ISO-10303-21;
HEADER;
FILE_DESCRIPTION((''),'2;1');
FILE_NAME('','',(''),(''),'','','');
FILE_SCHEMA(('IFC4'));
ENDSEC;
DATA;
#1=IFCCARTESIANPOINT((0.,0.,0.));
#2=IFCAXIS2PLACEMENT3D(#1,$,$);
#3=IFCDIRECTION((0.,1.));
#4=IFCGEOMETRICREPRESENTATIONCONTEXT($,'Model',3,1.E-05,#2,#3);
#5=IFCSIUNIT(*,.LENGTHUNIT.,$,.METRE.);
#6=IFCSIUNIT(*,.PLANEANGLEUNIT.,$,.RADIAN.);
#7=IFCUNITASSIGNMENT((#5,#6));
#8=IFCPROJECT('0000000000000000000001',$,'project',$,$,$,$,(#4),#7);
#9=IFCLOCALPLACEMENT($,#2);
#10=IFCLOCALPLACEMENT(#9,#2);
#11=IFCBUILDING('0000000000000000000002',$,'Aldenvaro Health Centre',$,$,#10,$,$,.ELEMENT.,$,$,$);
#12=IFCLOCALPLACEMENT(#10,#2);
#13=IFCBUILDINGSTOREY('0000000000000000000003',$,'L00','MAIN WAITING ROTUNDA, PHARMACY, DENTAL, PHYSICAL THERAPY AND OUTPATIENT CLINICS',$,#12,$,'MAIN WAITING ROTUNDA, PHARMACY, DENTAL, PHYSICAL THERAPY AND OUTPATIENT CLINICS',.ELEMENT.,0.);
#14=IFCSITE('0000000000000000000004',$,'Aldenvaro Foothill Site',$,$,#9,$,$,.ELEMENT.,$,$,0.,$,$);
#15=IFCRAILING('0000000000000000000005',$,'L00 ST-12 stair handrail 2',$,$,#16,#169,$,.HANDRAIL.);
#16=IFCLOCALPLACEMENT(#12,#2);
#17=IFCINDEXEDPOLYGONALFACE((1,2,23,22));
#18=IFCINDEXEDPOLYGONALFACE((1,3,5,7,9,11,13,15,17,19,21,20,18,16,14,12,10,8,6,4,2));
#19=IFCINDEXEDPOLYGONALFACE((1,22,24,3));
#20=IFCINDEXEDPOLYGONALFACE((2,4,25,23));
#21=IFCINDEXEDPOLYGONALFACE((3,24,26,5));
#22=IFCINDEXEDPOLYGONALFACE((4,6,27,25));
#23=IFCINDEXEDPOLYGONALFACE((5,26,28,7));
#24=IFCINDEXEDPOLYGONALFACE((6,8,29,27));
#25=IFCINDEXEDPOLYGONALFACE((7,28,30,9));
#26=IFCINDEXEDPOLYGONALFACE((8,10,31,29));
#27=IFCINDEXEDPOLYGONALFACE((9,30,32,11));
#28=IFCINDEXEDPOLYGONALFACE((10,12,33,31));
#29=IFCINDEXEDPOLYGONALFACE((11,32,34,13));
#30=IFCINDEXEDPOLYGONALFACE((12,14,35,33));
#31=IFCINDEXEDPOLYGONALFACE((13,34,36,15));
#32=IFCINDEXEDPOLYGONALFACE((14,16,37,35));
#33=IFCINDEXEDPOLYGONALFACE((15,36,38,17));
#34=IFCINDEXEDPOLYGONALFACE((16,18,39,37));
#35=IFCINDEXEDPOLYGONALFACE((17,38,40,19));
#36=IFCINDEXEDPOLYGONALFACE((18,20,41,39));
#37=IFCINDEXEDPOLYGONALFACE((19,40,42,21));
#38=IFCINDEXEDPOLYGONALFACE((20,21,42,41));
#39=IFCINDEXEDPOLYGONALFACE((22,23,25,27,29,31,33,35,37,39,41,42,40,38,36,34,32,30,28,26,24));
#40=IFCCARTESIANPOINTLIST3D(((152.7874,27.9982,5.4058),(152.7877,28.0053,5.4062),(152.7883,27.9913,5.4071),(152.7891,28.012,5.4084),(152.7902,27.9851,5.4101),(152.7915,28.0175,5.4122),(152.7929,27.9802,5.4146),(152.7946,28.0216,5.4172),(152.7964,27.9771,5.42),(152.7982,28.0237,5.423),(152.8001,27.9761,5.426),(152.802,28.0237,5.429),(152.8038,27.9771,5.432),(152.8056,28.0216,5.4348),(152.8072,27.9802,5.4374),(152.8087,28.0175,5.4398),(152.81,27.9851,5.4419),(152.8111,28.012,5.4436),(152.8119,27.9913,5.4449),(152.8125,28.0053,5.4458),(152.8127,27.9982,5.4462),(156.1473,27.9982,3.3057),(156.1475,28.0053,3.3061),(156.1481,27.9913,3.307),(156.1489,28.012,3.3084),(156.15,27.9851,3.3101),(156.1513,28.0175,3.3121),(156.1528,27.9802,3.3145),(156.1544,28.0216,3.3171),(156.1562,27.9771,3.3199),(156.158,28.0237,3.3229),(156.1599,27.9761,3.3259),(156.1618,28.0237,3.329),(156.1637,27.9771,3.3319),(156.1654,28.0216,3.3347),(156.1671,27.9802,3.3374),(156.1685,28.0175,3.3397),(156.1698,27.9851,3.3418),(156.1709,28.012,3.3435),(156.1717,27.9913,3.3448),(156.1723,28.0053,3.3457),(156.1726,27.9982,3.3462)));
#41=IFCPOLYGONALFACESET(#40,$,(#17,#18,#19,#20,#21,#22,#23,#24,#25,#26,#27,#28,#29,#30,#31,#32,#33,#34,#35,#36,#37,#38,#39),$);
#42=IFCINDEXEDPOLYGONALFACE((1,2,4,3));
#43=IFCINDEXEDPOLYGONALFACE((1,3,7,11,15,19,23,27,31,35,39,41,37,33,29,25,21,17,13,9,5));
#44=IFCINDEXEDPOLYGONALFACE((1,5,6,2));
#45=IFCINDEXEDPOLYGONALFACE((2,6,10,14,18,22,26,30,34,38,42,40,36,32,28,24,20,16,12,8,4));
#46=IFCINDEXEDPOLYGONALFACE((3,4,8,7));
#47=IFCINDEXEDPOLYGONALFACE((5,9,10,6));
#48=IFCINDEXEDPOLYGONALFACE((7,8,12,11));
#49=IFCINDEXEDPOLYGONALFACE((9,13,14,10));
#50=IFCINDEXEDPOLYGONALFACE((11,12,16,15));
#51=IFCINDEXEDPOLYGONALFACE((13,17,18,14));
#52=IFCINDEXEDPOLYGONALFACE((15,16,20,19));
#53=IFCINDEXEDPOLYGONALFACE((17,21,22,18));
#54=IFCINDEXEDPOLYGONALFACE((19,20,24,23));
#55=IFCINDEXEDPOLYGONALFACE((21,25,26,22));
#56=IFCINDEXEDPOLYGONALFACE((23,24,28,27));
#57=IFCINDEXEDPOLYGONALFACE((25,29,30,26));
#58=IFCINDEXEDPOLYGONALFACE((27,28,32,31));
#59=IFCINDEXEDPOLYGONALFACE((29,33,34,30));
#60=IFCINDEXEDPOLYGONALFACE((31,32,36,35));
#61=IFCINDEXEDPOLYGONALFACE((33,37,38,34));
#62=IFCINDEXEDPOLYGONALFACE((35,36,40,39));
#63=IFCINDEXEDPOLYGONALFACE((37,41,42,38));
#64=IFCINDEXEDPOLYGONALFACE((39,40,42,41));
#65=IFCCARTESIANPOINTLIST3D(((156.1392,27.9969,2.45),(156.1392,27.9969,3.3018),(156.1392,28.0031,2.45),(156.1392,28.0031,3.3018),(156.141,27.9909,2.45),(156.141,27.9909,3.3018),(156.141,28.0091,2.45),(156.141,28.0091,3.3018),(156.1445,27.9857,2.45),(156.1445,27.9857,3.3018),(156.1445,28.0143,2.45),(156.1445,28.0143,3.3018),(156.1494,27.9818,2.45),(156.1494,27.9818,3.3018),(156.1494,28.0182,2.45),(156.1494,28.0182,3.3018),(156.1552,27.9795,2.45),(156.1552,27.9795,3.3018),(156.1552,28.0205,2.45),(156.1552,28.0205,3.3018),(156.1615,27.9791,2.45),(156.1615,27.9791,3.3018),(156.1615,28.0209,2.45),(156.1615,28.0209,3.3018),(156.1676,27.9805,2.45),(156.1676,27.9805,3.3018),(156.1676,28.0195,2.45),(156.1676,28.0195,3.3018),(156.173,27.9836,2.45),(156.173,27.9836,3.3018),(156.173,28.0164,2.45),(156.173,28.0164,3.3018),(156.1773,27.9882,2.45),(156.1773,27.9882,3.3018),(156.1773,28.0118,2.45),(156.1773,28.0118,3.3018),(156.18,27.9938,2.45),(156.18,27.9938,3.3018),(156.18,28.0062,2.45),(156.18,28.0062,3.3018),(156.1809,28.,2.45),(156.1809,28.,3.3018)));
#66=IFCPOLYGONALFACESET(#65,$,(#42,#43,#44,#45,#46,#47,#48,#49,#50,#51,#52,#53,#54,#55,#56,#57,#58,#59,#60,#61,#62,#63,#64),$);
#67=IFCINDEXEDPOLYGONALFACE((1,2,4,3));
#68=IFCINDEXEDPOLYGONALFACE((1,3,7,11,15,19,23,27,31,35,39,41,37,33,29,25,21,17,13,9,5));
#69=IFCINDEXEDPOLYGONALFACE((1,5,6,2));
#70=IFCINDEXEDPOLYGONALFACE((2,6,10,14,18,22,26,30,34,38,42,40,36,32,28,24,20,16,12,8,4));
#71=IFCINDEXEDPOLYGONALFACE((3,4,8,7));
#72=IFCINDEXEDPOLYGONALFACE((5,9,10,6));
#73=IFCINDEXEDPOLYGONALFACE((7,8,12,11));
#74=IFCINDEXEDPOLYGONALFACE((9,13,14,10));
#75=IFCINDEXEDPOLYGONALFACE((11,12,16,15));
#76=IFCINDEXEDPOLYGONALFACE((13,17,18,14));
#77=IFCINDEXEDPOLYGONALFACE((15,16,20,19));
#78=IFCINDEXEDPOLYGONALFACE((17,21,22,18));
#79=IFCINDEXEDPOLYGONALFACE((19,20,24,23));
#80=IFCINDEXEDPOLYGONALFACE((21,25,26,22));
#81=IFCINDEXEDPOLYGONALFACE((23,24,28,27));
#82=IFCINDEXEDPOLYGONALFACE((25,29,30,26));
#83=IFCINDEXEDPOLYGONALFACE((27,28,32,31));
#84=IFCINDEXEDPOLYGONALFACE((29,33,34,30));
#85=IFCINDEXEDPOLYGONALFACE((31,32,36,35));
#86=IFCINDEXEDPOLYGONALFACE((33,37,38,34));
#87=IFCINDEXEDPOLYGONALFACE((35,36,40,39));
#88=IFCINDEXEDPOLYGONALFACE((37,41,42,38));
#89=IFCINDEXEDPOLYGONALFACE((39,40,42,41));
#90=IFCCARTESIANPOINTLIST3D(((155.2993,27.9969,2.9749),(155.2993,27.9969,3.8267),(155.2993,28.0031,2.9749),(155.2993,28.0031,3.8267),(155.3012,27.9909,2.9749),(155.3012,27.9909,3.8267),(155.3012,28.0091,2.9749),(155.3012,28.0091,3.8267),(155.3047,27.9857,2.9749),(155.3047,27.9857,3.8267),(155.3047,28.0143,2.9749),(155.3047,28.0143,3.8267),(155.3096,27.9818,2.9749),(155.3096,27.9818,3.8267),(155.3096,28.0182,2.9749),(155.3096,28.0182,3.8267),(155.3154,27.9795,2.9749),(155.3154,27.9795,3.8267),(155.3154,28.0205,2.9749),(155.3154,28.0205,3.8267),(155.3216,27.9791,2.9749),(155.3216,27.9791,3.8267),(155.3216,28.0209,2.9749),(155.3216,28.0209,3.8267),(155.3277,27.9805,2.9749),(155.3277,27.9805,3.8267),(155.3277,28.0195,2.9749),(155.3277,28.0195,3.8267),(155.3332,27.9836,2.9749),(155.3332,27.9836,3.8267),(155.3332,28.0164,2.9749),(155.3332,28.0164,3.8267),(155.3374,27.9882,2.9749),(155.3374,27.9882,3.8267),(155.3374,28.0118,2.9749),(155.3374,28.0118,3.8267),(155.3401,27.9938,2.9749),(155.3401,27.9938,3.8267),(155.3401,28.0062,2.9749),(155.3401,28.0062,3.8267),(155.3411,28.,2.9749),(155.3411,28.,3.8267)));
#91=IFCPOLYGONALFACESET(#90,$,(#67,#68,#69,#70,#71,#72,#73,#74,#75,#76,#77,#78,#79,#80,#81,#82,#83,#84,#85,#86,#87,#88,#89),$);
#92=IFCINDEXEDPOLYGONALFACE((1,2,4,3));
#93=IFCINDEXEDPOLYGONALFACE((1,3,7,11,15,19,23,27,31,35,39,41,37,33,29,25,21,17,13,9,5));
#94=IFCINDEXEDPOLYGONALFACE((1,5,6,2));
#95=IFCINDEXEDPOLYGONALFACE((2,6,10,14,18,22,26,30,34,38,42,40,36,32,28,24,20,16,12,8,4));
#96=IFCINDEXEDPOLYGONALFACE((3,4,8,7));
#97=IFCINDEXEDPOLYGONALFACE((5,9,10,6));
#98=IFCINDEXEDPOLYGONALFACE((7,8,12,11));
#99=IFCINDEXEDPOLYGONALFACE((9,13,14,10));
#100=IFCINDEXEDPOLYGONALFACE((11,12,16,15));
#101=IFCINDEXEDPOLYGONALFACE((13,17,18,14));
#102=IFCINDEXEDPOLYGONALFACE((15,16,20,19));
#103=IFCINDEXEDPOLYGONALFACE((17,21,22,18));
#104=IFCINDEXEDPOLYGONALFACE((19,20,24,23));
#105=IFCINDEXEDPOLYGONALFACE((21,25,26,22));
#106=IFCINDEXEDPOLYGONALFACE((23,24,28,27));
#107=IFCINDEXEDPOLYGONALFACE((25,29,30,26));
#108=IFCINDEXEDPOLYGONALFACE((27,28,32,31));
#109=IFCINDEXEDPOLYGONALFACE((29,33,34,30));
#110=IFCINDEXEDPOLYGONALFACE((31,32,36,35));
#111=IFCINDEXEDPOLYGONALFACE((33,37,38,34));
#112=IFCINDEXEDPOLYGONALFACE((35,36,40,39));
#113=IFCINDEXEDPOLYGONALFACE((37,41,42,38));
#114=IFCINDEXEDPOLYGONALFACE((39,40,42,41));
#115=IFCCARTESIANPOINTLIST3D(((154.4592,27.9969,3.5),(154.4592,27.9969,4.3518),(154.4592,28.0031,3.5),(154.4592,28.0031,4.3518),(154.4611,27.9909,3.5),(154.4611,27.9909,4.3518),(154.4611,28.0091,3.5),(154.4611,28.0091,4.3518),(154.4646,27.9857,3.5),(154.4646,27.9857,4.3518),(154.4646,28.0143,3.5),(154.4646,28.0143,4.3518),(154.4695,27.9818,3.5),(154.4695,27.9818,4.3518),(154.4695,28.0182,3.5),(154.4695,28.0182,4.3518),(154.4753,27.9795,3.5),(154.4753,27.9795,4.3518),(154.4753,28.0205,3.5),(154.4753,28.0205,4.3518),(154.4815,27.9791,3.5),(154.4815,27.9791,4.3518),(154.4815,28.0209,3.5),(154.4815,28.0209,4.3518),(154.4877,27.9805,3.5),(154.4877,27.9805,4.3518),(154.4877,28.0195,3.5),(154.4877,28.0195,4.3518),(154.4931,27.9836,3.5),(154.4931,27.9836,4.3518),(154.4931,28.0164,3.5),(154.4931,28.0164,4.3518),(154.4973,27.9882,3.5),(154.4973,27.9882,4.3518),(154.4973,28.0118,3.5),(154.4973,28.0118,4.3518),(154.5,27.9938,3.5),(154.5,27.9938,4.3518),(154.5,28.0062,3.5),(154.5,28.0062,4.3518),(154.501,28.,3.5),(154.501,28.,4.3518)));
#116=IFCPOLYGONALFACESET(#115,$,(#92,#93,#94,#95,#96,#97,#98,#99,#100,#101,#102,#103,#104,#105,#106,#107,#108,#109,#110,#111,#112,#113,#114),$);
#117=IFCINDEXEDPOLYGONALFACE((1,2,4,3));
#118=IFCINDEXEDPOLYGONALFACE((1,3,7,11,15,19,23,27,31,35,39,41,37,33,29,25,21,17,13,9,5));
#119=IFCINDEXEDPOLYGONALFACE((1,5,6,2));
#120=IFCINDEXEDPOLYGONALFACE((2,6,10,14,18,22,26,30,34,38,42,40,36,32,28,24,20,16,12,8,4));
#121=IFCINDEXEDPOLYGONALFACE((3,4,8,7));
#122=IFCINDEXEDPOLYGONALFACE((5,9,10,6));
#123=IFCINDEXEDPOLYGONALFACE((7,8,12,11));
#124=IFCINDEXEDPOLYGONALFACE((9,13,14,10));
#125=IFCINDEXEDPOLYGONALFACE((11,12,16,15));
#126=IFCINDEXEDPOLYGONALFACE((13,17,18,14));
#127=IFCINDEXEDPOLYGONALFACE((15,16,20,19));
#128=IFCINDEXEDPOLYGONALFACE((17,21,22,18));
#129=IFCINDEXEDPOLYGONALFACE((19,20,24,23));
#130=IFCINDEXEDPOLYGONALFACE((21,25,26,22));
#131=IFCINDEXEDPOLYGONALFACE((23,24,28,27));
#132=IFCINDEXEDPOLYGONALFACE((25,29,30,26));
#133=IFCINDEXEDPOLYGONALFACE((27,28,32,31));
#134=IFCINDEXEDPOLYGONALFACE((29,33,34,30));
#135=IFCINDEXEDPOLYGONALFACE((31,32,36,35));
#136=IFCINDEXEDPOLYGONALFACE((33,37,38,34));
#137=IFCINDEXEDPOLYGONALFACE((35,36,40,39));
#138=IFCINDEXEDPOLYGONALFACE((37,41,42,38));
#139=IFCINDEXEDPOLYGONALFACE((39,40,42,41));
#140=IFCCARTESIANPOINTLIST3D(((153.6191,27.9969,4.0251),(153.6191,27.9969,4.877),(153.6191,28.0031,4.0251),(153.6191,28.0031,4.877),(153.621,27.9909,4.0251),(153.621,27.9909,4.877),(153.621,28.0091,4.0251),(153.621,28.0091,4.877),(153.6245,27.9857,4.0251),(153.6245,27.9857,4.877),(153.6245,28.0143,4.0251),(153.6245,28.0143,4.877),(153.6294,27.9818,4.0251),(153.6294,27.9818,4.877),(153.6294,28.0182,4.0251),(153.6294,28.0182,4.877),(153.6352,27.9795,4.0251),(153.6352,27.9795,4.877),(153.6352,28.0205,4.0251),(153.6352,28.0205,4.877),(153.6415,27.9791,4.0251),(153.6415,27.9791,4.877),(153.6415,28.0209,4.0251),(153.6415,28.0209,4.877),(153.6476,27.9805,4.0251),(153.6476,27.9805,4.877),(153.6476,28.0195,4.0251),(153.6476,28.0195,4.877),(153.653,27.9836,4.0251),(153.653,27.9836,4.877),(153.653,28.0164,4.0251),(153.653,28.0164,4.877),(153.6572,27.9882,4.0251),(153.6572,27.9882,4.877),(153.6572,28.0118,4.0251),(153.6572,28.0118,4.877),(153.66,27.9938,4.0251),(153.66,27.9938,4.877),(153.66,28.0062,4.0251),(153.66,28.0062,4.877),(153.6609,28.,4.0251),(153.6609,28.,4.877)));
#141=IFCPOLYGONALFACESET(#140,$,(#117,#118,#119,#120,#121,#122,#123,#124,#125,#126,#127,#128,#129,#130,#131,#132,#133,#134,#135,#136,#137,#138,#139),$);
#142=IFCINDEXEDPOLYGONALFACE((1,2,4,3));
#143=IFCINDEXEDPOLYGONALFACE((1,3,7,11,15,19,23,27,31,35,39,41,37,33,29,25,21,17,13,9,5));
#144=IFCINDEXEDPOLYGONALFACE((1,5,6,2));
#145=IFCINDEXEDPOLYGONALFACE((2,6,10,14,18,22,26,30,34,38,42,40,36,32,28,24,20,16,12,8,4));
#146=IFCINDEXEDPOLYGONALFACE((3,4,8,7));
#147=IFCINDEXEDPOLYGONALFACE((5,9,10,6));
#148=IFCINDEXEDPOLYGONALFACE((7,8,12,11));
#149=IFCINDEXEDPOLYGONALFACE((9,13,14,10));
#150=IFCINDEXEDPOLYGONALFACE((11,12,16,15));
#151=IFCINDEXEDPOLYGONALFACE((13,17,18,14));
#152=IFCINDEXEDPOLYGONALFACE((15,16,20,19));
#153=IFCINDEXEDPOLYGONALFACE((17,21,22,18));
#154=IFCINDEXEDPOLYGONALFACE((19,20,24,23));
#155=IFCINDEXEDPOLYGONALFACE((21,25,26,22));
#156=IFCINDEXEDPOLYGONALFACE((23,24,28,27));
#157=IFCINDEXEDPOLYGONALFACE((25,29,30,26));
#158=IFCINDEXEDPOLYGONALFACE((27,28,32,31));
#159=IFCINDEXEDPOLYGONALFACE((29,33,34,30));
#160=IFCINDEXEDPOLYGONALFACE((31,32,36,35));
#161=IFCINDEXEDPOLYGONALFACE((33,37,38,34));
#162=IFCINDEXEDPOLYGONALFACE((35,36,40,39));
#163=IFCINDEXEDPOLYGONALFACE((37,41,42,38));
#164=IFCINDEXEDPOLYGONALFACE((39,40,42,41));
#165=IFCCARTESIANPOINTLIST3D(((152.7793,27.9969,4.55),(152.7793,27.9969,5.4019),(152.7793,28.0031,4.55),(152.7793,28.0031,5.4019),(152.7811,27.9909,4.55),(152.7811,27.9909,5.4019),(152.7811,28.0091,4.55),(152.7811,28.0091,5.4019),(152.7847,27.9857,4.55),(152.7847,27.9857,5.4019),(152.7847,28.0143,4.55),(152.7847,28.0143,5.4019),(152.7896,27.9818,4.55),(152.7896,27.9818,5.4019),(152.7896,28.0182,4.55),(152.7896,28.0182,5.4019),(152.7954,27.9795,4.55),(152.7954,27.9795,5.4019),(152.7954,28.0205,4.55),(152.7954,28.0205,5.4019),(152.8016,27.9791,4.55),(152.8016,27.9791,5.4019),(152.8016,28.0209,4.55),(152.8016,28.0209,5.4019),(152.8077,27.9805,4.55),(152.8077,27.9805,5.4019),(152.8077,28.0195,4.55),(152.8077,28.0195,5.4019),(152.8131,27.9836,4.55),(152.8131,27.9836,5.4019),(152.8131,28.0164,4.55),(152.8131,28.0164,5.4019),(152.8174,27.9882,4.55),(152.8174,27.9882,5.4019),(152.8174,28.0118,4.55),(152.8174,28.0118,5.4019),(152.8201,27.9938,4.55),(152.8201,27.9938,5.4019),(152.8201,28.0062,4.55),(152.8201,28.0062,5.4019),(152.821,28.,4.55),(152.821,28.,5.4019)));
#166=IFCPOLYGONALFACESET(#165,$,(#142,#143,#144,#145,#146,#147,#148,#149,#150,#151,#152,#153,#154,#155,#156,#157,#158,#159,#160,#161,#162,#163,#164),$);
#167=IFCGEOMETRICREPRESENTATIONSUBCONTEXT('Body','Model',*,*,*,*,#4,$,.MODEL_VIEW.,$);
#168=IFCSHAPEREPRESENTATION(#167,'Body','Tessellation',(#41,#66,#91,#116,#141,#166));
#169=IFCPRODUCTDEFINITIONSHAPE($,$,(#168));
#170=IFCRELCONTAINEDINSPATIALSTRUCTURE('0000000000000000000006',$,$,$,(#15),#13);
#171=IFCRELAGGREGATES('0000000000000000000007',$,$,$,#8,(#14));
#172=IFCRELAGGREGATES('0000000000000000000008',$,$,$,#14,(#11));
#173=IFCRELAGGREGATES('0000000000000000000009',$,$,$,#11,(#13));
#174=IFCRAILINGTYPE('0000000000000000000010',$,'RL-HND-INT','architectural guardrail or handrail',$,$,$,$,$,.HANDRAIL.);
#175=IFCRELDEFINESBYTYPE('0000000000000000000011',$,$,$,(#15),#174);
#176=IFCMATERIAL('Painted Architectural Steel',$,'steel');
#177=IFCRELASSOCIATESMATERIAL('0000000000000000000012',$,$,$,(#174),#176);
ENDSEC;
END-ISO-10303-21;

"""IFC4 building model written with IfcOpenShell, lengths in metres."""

from ifc_helpers import new_model, si_unit, direction, frame, origin, origin_2d, place, context, subcontext, project, spatial, circle, extrude, material, type_object, element, save


model = new_model("IFC4")

# Units and contexts
model_context = context("Model", 3, precision=1e-05, world=origin(), true_north=direction((0.0, 1.0)))
body_context = subcontext(model_context, "Body", "Model", "MODEL_VIEW")
ifc_project = project(units=[si_unit("LENGTHUNIT", "METRE"), si_unit("PLANEANGLEUNIT", "RADIAN")], contexts=[model_context])

# Site, building, storey
site_placement = place(None, origin())
site = spatial("IfcSite", under=ifc_project, at=site_placement, Name="Aldenvaro Foothill Site", CompositionType="ELEMENT", RefElevation=0.0)
building_placement = place(site_placement, origin())
building = spatial("IfcBuilding", under=site, at=building_placement, Name="Aldenvaro Health Centre", CompositionType="ELEMENT")
storey_placement = place(building_placement, origin())
storey = spatial("IfcBuildingStorey", under=building, at=storey_placement, Name="L00", Description="MAIN WAITING ROTUNDA, PHARMACY, DENTAL, PHYSICAL THERAPY AND OUTPATIENT CLINICS", LongName="MAIN WAITING ROTUNDA, PHARMACY, DENTAL, PHYSICAL THERAPY AND OUTPATIENT CLINICS", CompositionType="ELEMENT", Elevation=0.0)

# Railing
ifc_material_1 = material(Name="Painted Architectural Steel", Category="steel")
railing_type_1 = type_object("IfcRailingType", Name="RL-HND-INT", Description="architectural guardrail or handrail", PredefinedType="HANDRAIL", material=ifc_material_1)
railing_1_placement = place(storey_placement, frame((156.1599, 28.0, 2.45)))
element("IfcRailing", 1, at=railing_1_placement, inside=storey, type_object=railing_type_1, Name="L00 ST-12 stair handrail 2", PredefinedType="HANDRAIL", context=body_context, shape_type="SweptSolid", body=[
    extrude(circle(Radius=0.0239, at=origin_2d()), frame((0.0, 0.0, 0.876), z_axis=(-0.847978, 0.0, 0.530032), x_axis=(0.0, -1.0, 0.0)), (0.0, 0.0, 1.0), 3.9622),
    extrude(circle(Radius=0.021, at=origin_2d()), origin(), (0.0, 0.0, 1.0), 0.8518),
    extrude(circle(Radius=0.021, at=origin_2d()), frame((-0.8398, 0.0, 0.5249)), (0.0, 0.0, 1.0), 0.8518),
    extrude(circle(Radius=0.021, at=origin_2d()), frame((-1.6799, 0.0, 1.05)), (0.0, 0.0, 1.0), 0.8518),
    extrude(circle(Radius=0.021, at=origin_2d()), frame((-2.52, 0.0, 1.5752)), (0.0, 0.0, 1.0), 0.8518),
    extrude(circle(Radius=0.021, at=origin_2d()), frame((-3.3599, 0.0, 2.1001)), (0.0, 0.0, 1.0), 0.8518),
])

save(model, "model.ifc")
